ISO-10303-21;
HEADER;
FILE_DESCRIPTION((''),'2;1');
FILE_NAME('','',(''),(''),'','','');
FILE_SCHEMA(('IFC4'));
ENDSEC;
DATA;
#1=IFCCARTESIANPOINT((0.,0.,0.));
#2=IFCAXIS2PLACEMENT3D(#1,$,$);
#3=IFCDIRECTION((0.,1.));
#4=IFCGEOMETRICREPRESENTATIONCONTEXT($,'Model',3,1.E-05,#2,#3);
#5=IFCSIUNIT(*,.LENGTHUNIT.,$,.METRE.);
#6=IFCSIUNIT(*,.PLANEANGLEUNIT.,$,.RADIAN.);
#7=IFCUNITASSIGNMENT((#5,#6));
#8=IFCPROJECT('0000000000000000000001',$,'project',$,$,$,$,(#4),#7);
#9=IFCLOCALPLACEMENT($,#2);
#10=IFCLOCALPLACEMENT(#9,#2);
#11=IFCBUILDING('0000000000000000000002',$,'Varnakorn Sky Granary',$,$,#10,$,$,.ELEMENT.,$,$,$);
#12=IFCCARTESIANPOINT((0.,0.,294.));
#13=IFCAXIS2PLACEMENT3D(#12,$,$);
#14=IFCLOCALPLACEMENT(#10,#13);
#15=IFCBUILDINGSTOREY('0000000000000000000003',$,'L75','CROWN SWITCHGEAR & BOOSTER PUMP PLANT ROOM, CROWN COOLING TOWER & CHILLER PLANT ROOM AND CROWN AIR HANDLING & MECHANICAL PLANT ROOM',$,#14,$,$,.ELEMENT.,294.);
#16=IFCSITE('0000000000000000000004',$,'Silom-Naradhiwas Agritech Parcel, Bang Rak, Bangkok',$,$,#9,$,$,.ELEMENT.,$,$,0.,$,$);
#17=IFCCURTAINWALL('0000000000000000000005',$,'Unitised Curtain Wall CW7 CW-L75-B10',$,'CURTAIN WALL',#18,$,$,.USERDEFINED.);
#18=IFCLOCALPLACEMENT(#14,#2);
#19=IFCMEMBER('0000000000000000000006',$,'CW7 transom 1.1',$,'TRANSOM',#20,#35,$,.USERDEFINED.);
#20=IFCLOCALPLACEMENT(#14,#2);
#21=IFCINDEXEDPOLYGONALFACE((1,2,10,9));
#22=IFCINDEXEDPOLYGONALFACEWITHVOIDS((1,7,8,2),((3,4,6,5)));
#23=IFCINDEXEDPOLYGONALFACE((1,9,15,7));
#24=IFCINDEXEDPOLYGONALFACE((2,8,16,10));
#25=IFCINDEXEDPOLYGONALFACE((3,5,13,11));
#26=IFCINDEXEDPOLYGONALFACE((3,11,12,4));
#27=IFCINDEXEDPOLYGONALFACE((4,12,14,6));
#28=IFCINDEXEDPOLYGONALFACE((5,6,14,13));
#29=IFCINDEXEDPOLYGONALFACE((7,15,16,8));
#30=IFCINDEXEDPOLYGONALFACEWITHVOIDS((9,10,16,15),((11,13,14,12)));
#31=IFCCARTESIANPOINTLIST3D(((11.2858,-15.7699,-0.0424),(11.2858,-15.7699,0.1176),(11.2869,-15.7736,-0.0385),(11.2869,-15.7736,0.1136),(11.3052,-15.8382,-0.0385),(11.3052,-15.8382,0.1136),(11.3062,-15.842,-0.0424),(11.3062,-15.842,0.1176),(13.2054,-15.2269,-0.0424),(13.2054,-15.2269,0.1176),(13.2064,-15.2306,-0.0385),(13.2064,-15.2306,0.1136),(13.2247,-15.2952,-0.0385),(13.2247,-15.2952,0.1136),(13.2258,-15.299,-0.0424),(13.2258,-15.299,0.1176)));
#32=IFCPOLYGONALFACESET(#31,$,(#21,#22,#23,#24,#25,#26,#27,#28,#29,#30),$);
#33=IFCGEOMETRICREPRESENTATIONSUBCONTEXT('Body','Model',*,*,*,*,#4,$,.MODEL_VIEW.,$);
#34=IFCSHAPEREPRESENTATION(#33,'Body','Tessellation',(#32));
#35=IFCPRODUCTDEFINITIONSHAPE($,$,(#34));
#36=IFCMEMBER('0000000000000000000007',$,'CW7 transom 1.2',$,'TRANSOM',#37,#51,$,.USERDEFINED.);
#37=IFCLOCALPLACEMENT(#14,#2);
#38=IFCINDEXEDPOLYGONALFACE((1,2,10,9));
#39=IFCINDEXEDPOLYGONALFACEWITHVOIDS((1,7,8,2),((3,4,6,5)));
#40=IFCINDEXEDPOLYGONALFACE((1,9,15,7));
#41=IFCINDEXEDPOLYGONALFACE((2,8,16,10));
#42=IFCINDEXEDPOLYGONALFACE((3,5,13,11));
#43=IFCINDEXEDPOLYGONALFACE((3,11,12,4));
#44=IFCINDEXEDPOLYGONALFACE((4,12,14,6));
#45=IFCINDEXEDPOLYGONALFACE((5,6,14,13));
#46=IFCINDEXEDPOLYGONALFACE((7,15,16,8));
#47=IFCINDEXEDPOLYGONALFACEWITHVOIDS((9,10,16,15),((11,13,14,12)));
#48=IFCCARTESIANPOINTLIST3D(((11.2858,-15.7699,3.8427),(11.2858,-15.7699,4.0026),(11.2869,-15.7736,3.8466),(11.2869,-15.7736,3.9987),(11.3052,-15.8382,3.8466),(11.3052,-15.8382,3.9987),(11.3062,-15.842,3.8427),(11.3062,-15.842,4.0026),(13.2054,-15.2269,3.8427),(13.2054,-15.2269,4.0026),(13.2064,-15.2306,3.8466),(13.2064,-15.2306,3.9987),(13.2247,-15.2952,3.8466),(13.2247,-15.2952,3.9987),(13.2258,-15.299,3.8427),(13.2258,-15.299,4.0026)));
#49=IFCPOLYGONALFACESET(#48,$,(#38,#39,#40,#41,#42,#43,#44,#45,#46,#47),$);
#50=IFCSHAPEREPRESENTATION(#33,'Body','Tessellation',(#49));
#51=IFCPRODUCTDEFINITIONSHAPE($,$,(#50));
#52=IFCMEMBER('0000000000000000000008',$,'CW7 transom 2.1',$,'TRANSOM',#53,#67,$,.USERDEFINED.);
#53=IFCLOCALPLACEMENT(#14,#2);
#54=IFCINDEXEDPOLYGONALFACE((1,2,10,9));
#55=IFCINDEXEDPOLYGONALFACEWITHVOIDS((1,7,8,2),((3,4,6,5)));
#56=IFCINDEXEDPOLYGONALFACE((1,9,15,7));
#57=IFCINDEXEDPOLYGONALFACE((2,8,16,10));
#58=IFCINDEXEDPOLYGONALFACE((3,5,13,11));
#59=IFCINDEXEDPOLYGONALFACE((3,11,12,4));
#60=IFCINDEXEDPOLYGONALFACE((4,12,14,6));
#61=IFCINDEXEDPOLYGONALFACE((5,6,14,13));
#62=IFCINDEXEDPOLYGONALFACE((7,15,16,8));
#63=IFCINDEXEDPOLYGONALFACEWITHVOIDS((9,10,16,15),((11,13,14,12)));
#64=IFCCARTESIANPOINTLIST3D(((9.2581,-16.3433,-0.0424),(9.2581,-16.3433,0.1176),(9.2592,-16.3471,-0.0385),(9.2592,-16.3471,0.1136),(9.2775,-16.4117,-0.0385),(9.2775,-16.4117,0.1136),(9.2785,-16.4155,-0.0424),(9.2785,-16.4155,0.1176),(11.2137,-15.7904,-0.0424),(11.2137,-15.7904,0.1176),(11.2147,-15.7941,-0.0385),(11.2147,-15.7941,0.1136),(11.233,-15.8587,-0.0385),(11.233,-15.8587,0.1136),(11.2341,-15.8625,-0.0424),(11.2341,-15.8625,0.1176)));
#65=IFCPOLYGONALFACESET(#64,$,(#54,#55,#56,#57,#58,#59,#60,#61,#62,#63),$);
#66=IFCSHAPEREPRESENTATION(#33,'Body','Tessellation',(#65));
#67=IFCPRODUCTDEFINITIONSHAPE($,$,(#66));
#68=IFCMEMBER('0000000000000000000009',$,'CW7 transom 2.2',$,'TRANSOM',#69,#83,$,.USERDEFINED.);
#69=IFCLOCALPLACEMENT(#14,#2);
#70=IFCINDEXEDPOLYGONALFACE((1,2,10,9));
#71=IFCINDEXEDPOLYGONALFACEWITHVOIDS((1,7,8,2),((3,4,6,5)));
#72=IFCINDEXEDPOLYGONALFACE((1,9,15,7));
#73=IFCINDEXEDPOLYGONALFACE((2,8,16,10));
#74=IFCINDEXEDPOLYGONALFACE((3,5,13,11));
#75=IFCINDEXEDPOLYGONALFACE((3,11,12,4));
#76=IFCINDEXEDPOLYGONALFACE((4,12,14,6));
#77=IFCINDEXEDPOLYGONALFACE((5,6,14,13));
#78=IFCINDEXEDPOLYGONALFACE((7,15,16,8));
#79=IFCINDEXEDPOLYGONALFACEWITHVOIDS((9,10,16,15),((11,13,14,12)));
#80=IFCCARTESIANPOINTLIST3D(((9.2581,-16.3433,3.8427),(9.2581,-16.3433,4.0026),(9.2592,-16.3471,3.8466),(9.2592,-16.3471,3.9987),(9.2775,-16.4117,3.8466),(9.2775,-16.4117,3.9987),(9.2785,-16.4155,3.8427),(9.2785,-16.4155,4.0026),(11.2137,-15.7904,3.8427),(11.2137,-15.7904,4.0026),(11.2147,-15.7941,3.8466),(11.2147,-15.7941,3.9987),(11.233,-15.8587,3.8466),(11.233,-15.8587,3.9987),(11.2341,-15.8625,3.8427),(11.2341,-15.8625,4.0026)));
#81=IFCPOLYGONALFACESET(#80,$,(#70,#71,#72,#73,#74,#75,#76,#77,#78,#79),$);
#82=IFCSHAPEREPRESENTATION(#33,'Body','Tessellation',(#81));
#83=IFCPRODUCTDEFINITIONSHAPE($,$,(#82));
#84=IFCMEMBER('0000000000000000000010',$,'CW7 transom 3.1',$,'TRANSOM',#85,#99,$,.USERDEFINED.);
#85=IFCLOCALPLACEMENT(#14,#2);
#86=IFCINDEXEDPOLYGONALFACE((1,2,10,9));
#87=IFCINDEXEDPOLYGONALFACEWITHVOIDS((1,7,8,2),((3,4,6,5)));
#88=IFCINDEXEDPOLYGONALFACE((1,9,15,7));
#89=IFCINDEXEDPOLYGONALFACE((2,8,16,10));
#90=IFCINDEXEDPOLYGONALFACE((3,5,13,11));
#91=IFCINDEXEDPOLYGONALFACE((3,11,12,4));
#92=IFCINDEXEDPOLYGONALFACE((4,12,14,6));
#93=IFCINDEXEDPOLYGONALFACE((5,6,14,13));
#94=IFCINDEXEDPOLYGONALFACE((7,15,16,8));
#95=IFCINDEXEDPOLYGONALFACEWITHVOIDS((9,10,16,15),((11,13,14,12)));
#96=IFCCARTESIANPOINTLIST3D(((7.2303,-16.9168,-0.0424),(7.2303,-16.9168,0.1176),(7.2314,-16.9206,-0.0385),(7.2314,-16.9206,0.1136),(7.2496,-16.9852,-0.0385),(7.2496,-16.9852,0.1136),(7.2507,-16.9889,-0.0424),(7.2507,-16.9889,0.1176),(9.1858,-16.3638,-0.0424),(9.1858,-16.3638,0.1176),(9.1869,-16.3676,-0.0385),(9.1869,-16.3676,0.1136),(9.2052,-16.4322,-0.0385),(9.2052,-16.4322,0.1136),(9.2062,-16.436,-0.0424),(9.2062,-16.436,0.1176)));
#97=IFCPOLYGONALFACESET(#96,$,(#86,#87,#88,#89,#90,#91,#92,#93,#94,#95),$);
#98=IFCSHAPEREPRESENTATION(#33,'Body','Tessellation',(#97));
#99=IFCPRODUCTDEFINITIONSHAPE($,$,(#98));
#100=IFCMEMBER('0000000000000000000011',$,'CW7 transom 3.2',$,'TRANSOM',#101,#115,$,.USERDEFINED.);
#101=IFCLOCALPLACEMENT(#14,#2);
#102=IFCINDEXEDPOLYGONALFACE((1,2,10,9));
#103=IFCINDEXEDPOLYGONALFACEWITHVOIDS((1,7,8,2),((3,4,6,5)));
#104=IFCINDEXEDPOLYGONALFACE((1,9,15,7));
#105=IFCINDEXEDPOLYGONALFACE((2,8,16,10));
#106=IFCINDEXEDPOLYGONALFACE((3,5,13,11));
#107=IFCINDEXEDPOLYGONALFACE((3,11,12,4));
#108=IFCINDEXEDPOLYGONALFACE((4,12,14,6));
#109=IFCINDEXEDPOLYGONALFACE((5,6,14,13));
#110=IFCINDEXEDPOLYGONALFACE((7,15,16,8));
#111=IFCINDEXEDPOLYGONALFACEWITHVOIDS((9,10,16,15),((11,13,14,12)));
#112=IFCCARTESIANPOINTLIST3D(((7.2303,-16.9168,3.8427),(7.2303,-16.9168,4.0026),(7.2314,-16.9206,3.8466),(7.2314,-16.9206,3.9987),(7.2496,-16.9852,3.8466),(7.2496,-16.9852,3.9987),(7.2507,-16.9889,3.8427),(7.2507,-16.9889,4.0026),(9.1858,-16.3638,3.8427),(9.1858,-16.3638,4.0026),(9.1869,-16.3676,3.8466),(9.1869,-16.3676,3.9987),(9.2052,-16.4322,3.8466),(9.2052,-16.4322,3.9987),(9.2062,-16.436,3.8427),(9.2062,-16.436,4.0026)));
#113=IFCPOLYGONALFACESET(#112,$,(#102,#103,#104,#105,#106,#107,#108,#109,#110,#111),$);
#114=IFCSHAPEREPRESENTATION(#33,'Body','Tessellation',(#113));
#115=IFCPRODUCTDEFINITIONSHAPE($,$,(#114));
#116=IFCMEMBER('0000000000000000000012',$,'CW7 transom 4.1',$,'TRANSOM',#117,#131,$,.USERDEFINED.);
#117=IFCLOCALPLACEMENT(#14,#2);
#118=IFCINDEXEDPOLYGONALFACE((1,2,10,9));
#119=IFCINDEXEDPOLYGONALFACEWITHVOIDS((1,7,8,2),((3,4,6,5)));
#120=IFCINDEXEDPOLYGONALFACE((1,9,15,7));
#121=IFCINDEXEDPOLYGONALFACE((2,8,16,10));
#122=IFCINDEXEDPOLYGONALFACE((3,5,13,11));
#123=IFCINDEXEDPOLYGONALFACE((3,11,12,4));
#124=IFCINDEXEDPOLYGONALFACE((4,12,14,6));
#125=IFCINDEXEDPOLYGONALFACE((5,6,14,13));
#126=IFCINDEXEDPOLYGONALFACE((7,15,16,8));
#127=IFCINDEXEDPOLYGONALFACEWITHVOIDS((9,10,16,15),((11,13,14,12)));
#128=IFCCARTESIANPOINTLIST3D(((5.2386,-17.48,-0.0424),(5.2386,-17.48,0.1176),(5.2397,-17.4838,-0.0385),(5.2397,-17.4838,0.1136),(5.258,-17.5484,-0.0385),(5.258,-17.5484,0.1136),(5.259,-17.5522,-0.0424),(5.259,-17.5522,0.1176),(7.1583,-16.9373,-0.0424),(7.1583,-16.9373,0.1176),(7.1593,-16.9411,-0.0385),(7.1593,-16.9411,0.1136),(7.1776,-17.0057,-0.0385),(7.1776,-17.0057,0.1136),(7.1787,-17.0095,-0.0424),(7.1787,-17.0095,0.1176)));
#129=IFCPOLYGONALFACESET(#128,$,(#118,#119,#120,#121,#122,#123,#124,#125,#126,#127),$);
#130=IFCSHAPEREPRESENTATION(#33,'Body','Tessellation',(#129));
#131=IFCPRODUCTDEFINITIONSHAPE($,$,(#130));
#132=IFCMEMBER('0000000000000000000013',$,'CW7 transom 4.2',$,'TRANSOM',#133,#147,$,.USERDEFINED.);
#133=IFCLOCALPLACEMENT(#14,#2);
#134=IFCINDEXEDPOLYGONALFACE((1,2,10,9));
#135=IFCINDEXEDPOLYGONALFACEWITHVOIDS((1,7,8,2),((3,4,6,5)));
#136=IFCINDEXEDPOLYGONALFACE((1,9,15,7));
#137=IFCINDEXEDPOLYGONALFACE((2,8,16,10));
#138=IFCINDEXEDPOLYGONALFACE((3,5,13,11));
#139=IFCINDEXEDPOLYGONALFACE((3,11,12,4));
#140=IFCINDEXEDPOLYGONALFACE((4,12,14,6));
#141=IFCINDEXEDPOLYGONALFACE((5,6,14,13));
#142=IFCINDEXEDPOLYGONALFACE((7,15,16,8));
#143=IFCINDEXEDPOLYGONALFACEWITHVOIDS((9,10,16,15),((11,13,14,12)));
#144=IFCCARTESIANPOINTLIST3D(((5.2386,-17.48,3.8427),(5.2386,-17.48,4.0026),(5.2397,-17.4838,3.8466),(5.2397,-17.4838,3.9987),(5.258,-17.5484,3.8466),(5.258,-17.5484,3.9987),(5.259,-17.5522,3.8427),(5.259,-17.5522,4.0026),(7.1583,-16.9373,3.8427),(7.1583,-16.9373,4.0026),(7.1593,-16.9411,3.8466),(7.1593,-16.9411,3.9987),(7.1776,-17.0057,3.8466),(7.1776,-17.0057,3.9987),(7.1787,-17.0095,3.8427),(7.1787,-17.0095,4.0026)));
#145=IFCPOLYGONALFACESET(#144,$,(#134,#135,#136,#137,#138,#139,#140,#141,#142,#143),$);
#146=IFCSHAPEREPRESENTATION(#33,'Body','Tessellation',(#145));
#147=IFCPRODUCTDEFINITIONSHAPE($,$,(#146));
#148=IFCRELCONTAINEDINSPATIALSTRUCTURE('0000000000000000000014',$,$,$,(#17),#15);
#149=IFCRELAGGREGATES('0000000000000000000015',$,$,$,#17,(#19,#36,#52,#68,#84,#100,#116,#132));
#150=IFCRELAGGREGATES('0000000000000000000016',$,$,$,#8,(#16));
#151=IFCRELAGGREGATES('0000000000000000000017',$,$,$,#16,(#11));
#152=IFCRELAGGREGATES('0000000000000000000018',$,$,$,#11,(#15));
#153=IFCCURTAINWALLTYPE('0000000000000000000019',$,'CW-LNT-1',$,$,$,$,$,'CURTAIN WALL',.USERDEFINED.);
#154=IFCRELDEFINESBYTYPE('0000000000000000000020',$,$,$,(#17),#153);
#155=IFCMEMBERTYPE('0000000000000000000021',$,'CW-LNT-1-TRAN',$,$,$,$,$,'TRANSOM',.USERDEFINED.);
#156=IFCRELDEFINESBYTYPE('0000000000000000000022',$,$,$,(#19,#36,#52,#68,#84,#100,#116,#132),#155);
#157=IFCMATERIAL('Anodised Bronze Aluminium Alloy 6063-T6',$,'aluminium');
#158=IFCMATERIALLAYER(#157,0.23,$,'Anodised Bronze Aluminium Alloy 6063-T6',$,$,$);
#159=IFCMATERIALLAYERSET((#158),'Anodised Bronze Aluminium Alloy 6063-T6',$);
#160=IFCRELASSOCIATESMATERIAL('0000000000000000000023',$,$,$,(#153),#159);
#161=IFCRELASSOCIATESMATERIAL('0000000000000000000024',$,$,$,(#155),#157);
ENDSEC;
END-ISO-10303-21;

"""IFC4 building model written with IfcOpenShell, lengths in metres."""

from ifc_helpers import new_model, si_unit, direction, frame, origin, origin_2d, place, context, subcontext, project, spatial, hollow_rectangle, extrude, material, layer, layer_set, material_profile, profile_set, type_object, element, aggregate, save


model = new_model("IFC4")

# Units and contexts
model_context = context("Model", 3, precision=1e-05, world=origin(), true_north=direction((0.0, 1.0)))
body_context = subcontext(model_context, "Body", "Model", "MODEL_VIEW")
ifc_project = project(units=[si_unit("LENGTHUNIT", "METRE"), si_unit("PLANEANGLEUNIT", "RADIAN")], contexts=[model_context])

# Site, building, storey
site_placement = place(None, origin())
site = spatial("IfcSite", under=ifc_project, at=site_placement, Name="Silom-Naradhiwas Agritech Parcel, Bang Rak, Bangkok", CompositionType="ELEMENT", RefElevation=0.0)
building_placement = place(site_placement, origin())
building = spatial("IfcBuilding", under=site, at=building_placement, Name="Varnakorn Sky Granary", CompositionType="ELEMENT")
storey_placement = place(building_placement, frame((0.0, 0.0, 294.0)))
storey = spatial("IfcBuildingStorey", under=building, at=storey_placement, Name="L75", Description="CROWN SWITCHGEAR & BOOSTER PUMP PLANT ROOM, CROWN COOLING TOWER & CHILLER PLANT ROOM AND CROWN AIR HANDLING & MECHANICAL PLANT ROOM", CompositionType="ELEMENT", Elevation=294.0)

# Curtain wall, members
ifc_material_1 = material(Name="Anodised Bronze Aluminium Alloy 6063-T6", Category="aluminium")
ifc_layer_1 = layer(ifc_material_1, 0.23, Name="Anodised Bronze Aluminium Alloy 6063-T6")
ifc_layer_set_1 = layer_set([ifc_layer_1], Name="Anodised Bronze Aluminium Alloy 6063-T6")
curtain_wall_type = type_object("IfcCurtainWallType", Name="CW-LNT-1", ElementType="CURTAIN WALL", PredefinedType="USERDEFINED", material=ifc_layer_set_1)
curtain_wall_placement = place(storey_placement, origin())
curtain_wall = element("IfcCurtainWall", 1, at=curtain_wall_placement, inside=storey, type_object=curtain_wall_type, Name="Unitised Curtain Wall CW7 CW-L75-B10", ObjectType="CURTAIN WALL", PredefinedType="USERDEFINED")
ifc_material_profile_1 = material_profile(ifc_material_1, hollow_rectangle(XDim=0.075, YDim=0.1599, WallThickness=0.0039, at=origin_2d()), Name="ALU TRAN 75x160")
ifc_profile_set_1 = profile_set([ifc_material_profile_1], Name="Anodised Bronze Aluminium Alloy 6063-T6")
member_type_1 = type_object("IfcMemberType", Name="CW-LNT-1-TRAN", ElementType="TRANSOM", PredefinedType="USERDEFINED", material=ifc_profile_set_1)
member_1_placement = place(storey_placement, frame((13.2156, -15.2629, 0.0376), z_axis=(-0.962241, -0.272198, 0.0), x_axis=(0.272198, -0.962241, 0.0)))
member_1 = element("IfcMember", 2, at=member_1_placement, type_object=member_type_1, Name="CW7 transom 1.1", ObjectType="TRANSOM", PredefinedType="USERDEFINED", context=body_context, shape_type="SweptSolid", body=[
    extrude(hollow_rectangle(XDim=0.075, YDim=0.1599, WallThickness=0.0039, at=origin_2d()), origin(), (0.0, 0.0, 1.0), 1.9949),
])
member_2_placement = place(storey_placement, frame((13.2156, -15.2629, 3.9226), z_axis=(-0.962241, -0.272198, 0.0), x_axis=(0.272198, -0.962241, 0.0)))
member_2 = element("IfcMember", 3, at=member_2_placement, type_object=member_type_1, Name="CW7 transom 1.2", ObjectType="TRANSOM", PredefinedType="USERDEFINED", context=body_context, shape_type="SweptSolid", body=[
    extrude(hollow_rectangle(XDim=0.075, YDim=0.1599, WallThickness=0.0039, at=origin_2d()), origin(), (0.0, 0.0, 1.0), 1.9949),
])
member_3_placement = place(storey_placement, frame((11.2239, -15.8264, 0.0376), z_axis=(-0.962268, -0.272102, 0.0), x_axis=(0.272102, -0.962268, 0.0)))
member_3 = element("IfcMember", 4, at=member_3_placement, type_object=member_type_1, Name="CW7 transom 2.1", ObjectType="TRANSOM", PredefinedType="USERDEFINED", context=body_context, shape_type="SweptSolid", body=[
    extrude(hollow_rectangle(XDim=0.075, YDim=0.1599, WallThickness=0.0039, at=origin_2d()), origin(), (0.0, 0.0, 1.0), 2.0322),
])
member_4_placement = place(storey_placement, frame((11.2239, -15.8264, 3.9226), z_axis=(-0.962268, -0.272102, 0.0), x_axis=(0.272102, -0.962268, 0.0)))
member_4 = element("IfcMember", 5, at=member_4_placement, type_object=member_type_1, Name="CW7 transom 2.2", ObjectType="TRANSOM", PredefinedType="USERDEFINED", context=body_context, shape_type="SweptSolid", body=[
    extrude(hollow_rectangle(XDim=0.075, YDim=0.1599, WallThickness=0.0039, at=origin_2d()), origin(), (0.0, 0.0, 1.0), 2.0322),
])
member_5_placement = place(storey_placement, frame((9.196, -16.3999, 0.0376), z_axis=(-0.962268, -0.272102, 0.0), x_axis=(0.272102, -0.962268, 0.0)))
member_5 = element("IfcMember", 6, at=member_5_placement, type_object=member_type_1, Name="CW7 transom 3.1", ObjectType="TRANSOM", PredefinedType="USERDEFINED", context=body_context, shape_type="SweptSolid", body=[
    extrude(hollow_rectangle(XDim=0.075, YDim=0.1599, WallThickness=0.0039, at=origin_2d()), origin(), (0.0, 0.0, 1.0), 2.0322),
])
member_6_placement = place(storey_placement, frame((9.196, -16.3999, 3.9226), z_axis=(-0.962268, -0.272102, 0.0), x_axis=(0.272102, -0.962268, 0.0)))
member_6 = element("IfcMember", 7, at=member_6_placement, type_object=member_type_1, Name="CW7 transom 3.2", ObjectType="TRANSOM", PredefinedType="USERDEFINED", context=body_context, shape_type="SweptSolid", body=[
    extrude(hollow_rectangle(XDim=0.075, YDim=0.1599, WallThickness=0.0039, at=origin_2d()), origin(), (0.0, 0.0, 1.0), 2.0322),
])
member_7_placement = place(storey_placement, frame((7.1685, -16.9734, 0.0376), z_axis=(-0.962282, -0.272053, 0.0), x_axis=(0.272053, -0.962282, 0.0)))
member_7 = element("IfcMember", 8, at=member_7_placement, type_object=member_type_1, Name="CW7 transom 4.1", ObjectType="TRANSOM", PredefinedType="USERDEFINED", context=body_context, shape_type="SweptSolid", body=[
    extrude(hollow_rectangle(XDim=0.075, YDim=0.1599, WallThickness=0.0039, at=origin_2d()), origin(), (0.0, 0.0, 1.0), 1.9949),
])
member_8_placement = place(storey_placement, frame((7.1685, -16.9734, 3.9226), z_axis=(-0.962282, -0.272053, 0.0), x_axis=(0.272053, -0.962282, 0.0)))
member_8 = element("IfcMember", 9, at=member_8_placement, type_object=member_type_1, Name="CW7 transom 4.2", ObjectType="TRANSOM", PredefinedType="USERDEFINED", context=body_context, shape_type="SweptSolid", body=[
    extrude(hollow_rectangle(XDim=0.075, YDim=0.1599, WallThickness=0.0039, at=origin_2d()), origin(), (0.0, 0.0, 1.0), 1.9949),
])

aggregate(curtain_wall, [member_1, member_2, member_3, member_4, member_5, member_6, member_7, member_8])

save(model, "model.ifc")
